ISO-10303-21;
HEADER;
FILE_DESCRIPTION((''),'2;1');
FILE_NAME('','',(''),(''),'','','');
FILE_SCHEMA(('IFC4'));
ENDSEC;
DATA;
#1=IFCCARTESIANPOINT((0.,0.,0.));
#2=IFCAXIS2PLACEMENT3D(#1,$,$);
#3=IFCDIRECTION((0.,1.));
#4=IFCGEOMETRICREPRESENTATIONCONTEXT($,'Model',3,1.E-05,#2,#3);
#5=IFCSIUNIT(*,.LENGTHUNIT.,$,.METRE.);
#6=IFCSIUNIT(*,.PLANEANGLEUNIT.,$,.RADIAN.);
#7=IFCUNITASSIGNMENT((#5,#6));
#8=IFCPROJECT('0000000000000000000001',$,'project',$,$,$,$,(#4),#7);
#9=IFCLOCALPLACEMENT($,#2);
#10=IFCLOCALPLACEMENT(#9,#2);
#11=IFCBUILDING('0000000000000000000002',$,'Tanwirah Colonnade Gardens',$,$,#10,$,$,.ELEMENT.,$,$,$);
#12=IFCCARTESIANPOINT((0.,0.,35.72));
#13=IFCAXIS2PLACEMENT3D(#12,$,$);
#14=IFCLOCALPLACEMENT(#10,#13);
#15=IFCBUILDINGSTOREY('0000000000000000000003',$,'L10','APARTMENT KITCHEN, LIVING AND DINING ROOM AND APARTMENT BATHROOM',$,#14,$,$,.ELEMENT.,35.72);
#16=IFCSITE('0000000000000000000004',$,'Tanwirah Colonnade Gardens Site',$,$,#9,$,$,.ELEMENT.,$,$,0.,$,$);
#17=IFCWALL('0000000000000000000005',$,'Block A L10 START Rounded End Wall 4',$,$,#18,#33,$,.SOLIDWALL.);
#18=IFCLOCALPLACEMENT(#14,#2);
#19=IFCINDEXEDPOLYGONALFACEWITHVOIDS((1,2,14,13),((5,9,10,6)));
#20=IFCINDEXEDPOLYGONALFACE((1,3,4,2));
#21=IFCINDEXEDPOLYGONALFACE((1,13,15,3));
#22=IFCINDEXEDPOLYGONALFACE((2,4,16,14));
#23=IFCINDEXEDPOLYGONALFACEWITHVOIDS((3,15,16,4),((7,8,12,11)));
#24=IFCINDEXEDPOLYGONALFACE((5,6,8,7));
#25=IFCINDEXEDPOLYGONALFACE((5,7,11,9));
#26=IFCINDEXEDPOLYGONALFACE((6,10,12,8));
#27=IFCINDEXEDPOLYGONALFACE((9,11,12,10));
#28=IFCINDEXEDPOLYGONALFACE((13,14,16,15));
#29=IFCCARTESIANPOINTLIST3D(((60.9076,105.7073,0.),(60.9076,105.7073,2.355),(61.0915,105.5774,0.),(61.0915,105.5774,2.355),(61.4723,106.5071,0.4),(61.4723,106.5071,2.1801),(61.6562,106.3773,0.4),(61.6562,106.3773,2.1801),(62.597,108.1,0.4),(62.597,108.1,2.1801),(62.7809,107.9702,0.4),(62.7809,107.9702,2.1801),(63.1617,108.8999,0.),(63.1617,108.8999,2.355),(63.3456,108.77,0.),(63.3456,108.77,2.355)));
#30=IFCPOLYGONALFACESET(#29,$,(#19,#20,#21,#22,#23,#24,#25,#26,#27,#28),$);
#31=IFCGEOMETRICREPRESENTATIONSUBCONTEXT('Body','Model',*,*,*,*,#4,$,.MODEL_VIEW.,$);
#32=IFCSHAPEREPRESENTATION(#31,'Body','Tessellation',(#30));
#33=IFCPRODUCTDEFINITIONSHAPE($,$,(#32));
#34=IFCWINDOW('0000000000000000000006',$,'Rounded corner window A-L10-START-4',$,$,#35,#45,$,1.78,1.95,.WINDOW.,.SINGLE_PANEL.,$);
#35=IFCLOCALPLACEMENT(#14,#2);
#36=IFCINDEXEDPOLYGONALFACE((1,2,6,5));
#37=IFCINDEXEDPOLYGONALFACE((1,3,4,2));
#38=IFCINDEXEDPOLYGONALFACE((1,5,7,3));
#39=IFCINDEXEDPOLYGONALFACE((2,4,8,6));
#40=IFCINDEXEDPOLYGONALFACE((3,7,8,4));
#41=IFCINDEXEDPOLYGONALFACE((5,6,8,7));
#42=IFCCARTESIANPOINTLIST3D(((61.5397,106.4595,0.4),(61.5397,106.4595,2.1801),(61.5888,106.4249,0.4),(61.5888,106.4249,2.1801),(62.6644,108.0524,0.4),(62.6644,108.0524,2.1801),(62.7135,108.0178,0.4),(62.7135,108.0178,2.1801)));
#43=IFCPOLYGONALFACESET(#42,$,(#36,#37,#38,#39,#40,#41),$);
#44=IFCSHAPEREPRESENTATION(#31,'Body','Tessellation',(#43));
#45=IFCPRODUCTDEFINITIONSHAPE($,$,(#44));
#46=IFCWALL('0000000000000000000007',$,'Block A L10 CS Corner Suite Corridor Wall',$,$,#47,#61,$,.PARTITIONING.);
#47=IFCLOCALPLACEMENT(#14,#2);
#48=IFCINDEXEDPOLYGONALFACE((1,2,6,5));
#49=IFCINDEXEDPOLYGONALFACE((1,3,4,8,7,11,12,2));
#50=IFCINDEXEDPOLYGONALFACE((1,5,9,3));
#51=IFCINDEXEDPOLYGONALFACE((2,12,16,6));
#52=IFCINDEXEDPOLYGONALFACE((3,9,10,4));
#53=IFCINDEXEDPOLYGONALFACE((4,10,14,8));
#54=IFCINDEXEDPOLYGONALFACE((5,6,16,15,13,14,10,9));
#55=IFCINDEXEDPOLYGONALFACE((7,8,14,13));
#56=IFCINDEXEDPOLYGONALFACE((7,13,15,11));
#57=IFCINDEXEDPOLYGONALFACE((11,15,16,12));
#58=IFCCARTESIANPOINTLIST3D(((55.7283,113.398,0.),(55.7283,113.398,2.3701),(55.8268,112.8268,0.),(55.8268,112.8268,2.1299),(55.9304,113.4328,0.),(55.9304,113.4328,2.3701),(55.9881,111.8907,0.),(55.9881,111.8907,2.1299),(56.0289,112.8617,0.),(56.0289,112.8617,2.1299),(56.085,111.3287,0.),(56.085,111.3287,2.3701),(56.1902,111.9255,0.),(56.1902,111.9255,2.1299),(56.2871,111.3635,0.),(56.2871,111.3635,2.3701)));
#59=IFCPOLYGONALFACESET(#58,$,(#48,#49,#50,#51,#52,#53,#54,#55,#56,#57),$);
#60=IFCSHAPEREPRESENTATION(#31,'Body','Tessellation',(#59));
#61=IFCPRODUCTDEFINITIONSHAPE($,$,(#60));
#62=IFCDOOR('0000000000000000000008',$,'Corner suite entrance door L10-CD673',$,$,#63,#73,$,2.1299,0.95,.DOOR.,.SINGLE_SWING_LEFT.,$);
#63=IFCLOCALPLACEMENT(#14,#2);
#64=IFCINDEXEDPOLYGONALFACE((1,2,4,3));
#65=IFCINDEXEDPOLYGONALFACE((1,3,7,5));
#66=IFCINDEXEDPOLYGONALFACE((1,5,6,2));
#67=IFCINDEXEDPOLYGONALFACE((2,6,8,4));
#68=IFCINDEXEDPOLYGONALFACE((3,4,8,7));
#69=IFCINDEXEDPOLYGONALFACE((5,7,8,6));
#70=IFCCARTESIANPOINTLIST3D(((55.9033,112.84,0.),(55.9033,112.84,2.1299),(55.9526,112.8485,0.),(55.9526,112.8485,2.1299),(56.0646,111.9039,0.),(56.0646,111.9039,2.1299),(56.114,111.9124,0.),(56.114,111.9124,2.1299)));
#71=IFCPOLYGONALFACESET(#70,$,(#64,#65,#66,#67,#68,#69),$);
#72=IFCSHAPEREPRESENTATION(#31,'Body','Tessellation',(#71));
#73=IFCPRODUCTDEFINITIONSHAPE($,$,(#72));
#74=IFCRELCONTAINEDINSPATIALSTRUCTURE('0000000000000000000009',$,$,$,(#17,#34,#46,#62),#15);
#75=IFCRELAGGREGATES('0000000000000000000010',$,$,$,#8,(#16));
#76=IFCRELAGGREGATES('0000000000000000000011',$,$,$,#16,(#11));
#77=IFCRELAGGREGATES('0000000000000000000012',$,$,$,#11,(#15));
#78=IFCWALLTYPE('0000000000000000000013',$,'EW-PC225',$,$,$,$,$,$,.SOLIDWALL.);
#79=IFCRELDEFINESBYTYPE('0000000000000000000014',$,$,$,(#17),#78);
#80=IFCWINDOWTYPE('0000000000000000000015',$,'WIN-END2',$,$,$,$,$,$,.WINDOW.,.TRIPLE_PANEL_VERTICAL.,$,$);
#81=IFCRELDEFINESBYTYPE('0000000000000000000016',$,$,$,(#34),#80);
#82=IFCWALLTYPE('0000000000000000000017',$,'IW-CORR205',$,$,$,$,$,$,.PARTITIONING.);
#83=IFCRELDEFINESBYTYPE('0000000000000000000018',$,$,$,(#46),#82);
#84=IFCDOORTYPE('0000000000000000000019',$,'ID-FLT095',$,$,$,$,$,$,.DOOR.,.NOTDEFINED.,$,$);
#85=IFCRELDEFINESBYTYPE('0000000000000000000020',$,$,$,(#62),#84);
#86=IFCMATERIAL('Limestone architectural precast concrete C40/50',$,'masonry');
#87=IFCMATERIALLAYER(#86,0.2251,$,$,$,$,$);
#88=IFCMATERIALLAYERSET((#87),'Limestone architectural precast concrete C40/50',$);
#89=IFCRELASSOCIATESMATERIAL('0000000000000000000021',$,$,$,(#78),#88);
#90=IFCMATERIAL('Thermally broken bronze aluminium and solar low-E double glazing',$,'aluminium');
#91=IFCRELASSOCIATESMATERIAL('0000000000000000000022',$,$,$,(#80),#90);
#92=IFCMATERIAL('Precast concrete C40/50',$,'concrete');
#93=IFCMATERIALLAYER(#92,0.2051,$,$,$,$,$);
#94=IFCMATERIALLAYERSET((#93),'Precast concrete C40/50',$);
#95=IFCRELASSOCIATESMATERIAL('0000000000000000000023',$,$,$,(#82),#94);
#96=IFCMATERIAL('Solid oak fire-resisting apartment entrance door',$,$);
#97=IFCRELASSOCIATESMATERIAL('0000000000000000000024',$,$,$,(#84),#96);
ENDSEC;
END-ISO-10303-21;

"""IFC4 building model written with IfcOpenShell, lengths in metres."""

from ifc_helpers import new_model, si_unit, direction, frame, frame_2d, origin, place, context, subcontext, project, spatial, rectangle, extrude, material, layer, layer_set, type_object, element, fill, save


model = new_model("IFC4")

# Units and contexts
model_context = context("Model", 3, precision=1e-05, world=origin(), true_north=direction((0.0, 1.0)))
body_context = subcontext(model_context, "Body", "Model", "MODEL_VIEW")
ifc_project = project(units=[si_unit("LENGTHUNIT", "METRE"), si_unit("PLANEANGLEUNIT", "RADIAN")], contexts=[model_context])

# Site, building, storey
site_placement = place(None, origin())
site = spatial("IfcSite", under=ifc_project, at=site_placement, Name="Tanwirah Colonnade Gardens Site", CompositionType="ELEMENT", RefElevation=0.0)
building_placement = place(site_placement, origin())
building = spatial("IfcBuilding", under=site, at=building_placement, Name="Tanwirah Colonnade Gardens", CompositionType="ELEMENT")
storey_placement = place(building_placement, frame((0.0, 0.0, 35.72)))
storey = spatial("IfcBuildingStorey", under=building, at=storey_placement, Name="L10", Description="APARTMENT KITCHEN, LIVING AND DINING ROOM AND APARTMENT BATHROOM", CompositionType="ELEMENT", Elevation=35.72)

# Shared definitions
ifc_material_1 = material(Name="Precast concrete C40/50", Category="concrete")

# Shared definitions
ifc_material_2 = material(Name="Limestone architectural precast concrete C40/50", Category="masonry")
ifc_material_3 = material(Name="Thermally broken bronze aluminium and solar low-E double glazing", Category="aluminium")

# Shared definitions
ifc_layer_1 = layer(ifc_material_2, 0.2251)
ifc_layer_set_1 = layer_set([ifc_layer_1], Name="Limestone architectural precast concrete C40/50")
wall_type_1 = type_object("IfcWallType", Name="EW-PC225", PredefinedType="SOLIDWALL", material=ifc_layer_set_1)
window_type_1 = type_object("IfcWindowType", Name="WIN-END2", PartitioningType="TRIPLE_PANEL_VERTICAL", PredefinedType="WINDOW", material=ifc_material_3)

# Wall, opening, window
wall_1_placement = place(storey_placement, frame((63.2537, 108.835, 0.0), z_axis=(0.0, 0.0, 1.0), x_axis=(-0.576774, -0.816904, 0.0)))
wall_1 = element("IfcWall", 1, at=wall_1_placement, inside=storey, type_object=wall_type_1, Name="Block A L10 START Rounded End Wall 4", PredefinedType="SOLIDWALL", context=body_context, shape_type="SweptSolid", body=[
    extrude(rectangle(XDim=3.9082, YDim=0.2251, at=frame_2d((1.9541, 0.0))), origin(), (0.0, 0.0, 1.0), 2.355),
])
opening_1_placement = place(wall_1_placement, frame((0.979, 0.0, 0.3999)))
opening_1 = element("IfcOpeningElement", 2, at=opening_1_placement, cuts=wall_1, PredefinedType="OPENING", context=body_context, shape_type="SweptSolid", body=[
    extrude(rectangle(XDim=1.95, YDim=1.78, at=frame_2d((0.9751, 0.8901))), frame((0.0, 0.1226, 0.0), z_axis=(0.0, -1.0, 0.0), x_axis=(1.0, 0.0, 0.0)), (0.0, 0.0, 1.0), 0.2451),
])
window_1_placement = place(opening_1_placement, origin())
window_1 = element("IfcWindow", 3, at=window_1_placement, inside=storey, type_object=window_type_1, Name="Rounded corner window A-L10-START-4", OverallHeight=1.78, OverallWidth=1.95, PartitioningType="SINGLE_PANEL", PredefinedType="WINDOW", context=body_context, shape_type="SweptSolid", body=[
    extrude(rectangle(XDim=1.95, YDim=1.78, at=frame_2d((0.9751, 0.8901))), frame((0.0, 0.03, 0.0), z_axis=(0.0, -1.0, 0.0), x_axis=(1.0, 0.0, 0.0)), (0.0, 0.0, 1.0), 0.0601),
])
fill(opening_1, window_1)

# Wall, opening, door
ifc_layer_2 = layer(ifc_material_1, 0.2051)
ifc_layer_set_2 = layer_set([ifc_layer_2], Name="Precast concrete C40/50")
wall_type_2 = type_object("IfcWallType", Name="IW-CORR205", PredefinedType="PARTITIONING", material=ifc_layer_set_2)
wall_2_placement = place(storey_placement, frame((56.186, 111.3462, 0.0), z_axis=(0.0, 0.0, 1.0), x_axis=(-0.169864, 0.985467, 0.0)))
wall_2 = element("IfcWall", 4, at=wall_2_placement, inside=storey, type_object=wall_type_2, Name="Block A L10 CS Corner Suite Corridor Wall", PredefinedType="PARTITIONING", context=body_context, shape_type="SweptSolid", body=[
    extrude(rectangle(XDim=2.0999, YDim=0.2051, at=frame_2d((1.0498, 0.0))), origin(), (0.0, 0.0, 1.0), 2.3701),
])
opening_2_placement = place(wall_2_placement, frame((0.5701, 0.0, 0.0)))
opening_2 = element("IfcOpeningElement", 5, at=opening_2_placement, cuts=wall_2, PredefinedType="OPENING", context=body_context, shape_type="SweptSolid", body=[
    extrude(rectangle(XDim=0.95, YDim=2.1299, at=frame_2d((0.4751, 1.0649))), frame((0.0, 0.1125, 0.0), z_axis=(0.0, -1.0, 0.0), x_axis=(1.0, 0.0, 0.0)), (0.0, 0.0, 1.0), 0.2251),
])
ifc_material_4 = material(Name="Solid oak fire-resisting apartment entrance door")
door_type = type_object("IfcDoorType", Name="ID-FLT095", OperationType="NOTDEFINED", PredefinedType="DOOR", material=ifc_material_4)
door_placement = place(opening_2_placement, origin())
door = element("IfcDoor", 6, at=door_placement, inside=storey, type_object=door_type, Name="Corner suite entrance door L10-CD673", OperationType="SINGLE_SWING_LEFT", OverallHeight=2.1299, OverallWidth=0.95, PredefinedType="DOOR", context=body_context, shape_type="SweptSolid", body=[
    extrude(rectangle(XDim=0.95, YDim=2.1299, at=frame_2d((0.4751, 1.0649))), frame((0.0, 0.0249, 0.0), z_axis=(0.0, -1.0, 0.0), x_axis=(1.0, 0.0, 0.0)), (0.0, 0.0, 1.0), 0.05),
])
fill(opening_2, door)

save(model, "model.ifc")
